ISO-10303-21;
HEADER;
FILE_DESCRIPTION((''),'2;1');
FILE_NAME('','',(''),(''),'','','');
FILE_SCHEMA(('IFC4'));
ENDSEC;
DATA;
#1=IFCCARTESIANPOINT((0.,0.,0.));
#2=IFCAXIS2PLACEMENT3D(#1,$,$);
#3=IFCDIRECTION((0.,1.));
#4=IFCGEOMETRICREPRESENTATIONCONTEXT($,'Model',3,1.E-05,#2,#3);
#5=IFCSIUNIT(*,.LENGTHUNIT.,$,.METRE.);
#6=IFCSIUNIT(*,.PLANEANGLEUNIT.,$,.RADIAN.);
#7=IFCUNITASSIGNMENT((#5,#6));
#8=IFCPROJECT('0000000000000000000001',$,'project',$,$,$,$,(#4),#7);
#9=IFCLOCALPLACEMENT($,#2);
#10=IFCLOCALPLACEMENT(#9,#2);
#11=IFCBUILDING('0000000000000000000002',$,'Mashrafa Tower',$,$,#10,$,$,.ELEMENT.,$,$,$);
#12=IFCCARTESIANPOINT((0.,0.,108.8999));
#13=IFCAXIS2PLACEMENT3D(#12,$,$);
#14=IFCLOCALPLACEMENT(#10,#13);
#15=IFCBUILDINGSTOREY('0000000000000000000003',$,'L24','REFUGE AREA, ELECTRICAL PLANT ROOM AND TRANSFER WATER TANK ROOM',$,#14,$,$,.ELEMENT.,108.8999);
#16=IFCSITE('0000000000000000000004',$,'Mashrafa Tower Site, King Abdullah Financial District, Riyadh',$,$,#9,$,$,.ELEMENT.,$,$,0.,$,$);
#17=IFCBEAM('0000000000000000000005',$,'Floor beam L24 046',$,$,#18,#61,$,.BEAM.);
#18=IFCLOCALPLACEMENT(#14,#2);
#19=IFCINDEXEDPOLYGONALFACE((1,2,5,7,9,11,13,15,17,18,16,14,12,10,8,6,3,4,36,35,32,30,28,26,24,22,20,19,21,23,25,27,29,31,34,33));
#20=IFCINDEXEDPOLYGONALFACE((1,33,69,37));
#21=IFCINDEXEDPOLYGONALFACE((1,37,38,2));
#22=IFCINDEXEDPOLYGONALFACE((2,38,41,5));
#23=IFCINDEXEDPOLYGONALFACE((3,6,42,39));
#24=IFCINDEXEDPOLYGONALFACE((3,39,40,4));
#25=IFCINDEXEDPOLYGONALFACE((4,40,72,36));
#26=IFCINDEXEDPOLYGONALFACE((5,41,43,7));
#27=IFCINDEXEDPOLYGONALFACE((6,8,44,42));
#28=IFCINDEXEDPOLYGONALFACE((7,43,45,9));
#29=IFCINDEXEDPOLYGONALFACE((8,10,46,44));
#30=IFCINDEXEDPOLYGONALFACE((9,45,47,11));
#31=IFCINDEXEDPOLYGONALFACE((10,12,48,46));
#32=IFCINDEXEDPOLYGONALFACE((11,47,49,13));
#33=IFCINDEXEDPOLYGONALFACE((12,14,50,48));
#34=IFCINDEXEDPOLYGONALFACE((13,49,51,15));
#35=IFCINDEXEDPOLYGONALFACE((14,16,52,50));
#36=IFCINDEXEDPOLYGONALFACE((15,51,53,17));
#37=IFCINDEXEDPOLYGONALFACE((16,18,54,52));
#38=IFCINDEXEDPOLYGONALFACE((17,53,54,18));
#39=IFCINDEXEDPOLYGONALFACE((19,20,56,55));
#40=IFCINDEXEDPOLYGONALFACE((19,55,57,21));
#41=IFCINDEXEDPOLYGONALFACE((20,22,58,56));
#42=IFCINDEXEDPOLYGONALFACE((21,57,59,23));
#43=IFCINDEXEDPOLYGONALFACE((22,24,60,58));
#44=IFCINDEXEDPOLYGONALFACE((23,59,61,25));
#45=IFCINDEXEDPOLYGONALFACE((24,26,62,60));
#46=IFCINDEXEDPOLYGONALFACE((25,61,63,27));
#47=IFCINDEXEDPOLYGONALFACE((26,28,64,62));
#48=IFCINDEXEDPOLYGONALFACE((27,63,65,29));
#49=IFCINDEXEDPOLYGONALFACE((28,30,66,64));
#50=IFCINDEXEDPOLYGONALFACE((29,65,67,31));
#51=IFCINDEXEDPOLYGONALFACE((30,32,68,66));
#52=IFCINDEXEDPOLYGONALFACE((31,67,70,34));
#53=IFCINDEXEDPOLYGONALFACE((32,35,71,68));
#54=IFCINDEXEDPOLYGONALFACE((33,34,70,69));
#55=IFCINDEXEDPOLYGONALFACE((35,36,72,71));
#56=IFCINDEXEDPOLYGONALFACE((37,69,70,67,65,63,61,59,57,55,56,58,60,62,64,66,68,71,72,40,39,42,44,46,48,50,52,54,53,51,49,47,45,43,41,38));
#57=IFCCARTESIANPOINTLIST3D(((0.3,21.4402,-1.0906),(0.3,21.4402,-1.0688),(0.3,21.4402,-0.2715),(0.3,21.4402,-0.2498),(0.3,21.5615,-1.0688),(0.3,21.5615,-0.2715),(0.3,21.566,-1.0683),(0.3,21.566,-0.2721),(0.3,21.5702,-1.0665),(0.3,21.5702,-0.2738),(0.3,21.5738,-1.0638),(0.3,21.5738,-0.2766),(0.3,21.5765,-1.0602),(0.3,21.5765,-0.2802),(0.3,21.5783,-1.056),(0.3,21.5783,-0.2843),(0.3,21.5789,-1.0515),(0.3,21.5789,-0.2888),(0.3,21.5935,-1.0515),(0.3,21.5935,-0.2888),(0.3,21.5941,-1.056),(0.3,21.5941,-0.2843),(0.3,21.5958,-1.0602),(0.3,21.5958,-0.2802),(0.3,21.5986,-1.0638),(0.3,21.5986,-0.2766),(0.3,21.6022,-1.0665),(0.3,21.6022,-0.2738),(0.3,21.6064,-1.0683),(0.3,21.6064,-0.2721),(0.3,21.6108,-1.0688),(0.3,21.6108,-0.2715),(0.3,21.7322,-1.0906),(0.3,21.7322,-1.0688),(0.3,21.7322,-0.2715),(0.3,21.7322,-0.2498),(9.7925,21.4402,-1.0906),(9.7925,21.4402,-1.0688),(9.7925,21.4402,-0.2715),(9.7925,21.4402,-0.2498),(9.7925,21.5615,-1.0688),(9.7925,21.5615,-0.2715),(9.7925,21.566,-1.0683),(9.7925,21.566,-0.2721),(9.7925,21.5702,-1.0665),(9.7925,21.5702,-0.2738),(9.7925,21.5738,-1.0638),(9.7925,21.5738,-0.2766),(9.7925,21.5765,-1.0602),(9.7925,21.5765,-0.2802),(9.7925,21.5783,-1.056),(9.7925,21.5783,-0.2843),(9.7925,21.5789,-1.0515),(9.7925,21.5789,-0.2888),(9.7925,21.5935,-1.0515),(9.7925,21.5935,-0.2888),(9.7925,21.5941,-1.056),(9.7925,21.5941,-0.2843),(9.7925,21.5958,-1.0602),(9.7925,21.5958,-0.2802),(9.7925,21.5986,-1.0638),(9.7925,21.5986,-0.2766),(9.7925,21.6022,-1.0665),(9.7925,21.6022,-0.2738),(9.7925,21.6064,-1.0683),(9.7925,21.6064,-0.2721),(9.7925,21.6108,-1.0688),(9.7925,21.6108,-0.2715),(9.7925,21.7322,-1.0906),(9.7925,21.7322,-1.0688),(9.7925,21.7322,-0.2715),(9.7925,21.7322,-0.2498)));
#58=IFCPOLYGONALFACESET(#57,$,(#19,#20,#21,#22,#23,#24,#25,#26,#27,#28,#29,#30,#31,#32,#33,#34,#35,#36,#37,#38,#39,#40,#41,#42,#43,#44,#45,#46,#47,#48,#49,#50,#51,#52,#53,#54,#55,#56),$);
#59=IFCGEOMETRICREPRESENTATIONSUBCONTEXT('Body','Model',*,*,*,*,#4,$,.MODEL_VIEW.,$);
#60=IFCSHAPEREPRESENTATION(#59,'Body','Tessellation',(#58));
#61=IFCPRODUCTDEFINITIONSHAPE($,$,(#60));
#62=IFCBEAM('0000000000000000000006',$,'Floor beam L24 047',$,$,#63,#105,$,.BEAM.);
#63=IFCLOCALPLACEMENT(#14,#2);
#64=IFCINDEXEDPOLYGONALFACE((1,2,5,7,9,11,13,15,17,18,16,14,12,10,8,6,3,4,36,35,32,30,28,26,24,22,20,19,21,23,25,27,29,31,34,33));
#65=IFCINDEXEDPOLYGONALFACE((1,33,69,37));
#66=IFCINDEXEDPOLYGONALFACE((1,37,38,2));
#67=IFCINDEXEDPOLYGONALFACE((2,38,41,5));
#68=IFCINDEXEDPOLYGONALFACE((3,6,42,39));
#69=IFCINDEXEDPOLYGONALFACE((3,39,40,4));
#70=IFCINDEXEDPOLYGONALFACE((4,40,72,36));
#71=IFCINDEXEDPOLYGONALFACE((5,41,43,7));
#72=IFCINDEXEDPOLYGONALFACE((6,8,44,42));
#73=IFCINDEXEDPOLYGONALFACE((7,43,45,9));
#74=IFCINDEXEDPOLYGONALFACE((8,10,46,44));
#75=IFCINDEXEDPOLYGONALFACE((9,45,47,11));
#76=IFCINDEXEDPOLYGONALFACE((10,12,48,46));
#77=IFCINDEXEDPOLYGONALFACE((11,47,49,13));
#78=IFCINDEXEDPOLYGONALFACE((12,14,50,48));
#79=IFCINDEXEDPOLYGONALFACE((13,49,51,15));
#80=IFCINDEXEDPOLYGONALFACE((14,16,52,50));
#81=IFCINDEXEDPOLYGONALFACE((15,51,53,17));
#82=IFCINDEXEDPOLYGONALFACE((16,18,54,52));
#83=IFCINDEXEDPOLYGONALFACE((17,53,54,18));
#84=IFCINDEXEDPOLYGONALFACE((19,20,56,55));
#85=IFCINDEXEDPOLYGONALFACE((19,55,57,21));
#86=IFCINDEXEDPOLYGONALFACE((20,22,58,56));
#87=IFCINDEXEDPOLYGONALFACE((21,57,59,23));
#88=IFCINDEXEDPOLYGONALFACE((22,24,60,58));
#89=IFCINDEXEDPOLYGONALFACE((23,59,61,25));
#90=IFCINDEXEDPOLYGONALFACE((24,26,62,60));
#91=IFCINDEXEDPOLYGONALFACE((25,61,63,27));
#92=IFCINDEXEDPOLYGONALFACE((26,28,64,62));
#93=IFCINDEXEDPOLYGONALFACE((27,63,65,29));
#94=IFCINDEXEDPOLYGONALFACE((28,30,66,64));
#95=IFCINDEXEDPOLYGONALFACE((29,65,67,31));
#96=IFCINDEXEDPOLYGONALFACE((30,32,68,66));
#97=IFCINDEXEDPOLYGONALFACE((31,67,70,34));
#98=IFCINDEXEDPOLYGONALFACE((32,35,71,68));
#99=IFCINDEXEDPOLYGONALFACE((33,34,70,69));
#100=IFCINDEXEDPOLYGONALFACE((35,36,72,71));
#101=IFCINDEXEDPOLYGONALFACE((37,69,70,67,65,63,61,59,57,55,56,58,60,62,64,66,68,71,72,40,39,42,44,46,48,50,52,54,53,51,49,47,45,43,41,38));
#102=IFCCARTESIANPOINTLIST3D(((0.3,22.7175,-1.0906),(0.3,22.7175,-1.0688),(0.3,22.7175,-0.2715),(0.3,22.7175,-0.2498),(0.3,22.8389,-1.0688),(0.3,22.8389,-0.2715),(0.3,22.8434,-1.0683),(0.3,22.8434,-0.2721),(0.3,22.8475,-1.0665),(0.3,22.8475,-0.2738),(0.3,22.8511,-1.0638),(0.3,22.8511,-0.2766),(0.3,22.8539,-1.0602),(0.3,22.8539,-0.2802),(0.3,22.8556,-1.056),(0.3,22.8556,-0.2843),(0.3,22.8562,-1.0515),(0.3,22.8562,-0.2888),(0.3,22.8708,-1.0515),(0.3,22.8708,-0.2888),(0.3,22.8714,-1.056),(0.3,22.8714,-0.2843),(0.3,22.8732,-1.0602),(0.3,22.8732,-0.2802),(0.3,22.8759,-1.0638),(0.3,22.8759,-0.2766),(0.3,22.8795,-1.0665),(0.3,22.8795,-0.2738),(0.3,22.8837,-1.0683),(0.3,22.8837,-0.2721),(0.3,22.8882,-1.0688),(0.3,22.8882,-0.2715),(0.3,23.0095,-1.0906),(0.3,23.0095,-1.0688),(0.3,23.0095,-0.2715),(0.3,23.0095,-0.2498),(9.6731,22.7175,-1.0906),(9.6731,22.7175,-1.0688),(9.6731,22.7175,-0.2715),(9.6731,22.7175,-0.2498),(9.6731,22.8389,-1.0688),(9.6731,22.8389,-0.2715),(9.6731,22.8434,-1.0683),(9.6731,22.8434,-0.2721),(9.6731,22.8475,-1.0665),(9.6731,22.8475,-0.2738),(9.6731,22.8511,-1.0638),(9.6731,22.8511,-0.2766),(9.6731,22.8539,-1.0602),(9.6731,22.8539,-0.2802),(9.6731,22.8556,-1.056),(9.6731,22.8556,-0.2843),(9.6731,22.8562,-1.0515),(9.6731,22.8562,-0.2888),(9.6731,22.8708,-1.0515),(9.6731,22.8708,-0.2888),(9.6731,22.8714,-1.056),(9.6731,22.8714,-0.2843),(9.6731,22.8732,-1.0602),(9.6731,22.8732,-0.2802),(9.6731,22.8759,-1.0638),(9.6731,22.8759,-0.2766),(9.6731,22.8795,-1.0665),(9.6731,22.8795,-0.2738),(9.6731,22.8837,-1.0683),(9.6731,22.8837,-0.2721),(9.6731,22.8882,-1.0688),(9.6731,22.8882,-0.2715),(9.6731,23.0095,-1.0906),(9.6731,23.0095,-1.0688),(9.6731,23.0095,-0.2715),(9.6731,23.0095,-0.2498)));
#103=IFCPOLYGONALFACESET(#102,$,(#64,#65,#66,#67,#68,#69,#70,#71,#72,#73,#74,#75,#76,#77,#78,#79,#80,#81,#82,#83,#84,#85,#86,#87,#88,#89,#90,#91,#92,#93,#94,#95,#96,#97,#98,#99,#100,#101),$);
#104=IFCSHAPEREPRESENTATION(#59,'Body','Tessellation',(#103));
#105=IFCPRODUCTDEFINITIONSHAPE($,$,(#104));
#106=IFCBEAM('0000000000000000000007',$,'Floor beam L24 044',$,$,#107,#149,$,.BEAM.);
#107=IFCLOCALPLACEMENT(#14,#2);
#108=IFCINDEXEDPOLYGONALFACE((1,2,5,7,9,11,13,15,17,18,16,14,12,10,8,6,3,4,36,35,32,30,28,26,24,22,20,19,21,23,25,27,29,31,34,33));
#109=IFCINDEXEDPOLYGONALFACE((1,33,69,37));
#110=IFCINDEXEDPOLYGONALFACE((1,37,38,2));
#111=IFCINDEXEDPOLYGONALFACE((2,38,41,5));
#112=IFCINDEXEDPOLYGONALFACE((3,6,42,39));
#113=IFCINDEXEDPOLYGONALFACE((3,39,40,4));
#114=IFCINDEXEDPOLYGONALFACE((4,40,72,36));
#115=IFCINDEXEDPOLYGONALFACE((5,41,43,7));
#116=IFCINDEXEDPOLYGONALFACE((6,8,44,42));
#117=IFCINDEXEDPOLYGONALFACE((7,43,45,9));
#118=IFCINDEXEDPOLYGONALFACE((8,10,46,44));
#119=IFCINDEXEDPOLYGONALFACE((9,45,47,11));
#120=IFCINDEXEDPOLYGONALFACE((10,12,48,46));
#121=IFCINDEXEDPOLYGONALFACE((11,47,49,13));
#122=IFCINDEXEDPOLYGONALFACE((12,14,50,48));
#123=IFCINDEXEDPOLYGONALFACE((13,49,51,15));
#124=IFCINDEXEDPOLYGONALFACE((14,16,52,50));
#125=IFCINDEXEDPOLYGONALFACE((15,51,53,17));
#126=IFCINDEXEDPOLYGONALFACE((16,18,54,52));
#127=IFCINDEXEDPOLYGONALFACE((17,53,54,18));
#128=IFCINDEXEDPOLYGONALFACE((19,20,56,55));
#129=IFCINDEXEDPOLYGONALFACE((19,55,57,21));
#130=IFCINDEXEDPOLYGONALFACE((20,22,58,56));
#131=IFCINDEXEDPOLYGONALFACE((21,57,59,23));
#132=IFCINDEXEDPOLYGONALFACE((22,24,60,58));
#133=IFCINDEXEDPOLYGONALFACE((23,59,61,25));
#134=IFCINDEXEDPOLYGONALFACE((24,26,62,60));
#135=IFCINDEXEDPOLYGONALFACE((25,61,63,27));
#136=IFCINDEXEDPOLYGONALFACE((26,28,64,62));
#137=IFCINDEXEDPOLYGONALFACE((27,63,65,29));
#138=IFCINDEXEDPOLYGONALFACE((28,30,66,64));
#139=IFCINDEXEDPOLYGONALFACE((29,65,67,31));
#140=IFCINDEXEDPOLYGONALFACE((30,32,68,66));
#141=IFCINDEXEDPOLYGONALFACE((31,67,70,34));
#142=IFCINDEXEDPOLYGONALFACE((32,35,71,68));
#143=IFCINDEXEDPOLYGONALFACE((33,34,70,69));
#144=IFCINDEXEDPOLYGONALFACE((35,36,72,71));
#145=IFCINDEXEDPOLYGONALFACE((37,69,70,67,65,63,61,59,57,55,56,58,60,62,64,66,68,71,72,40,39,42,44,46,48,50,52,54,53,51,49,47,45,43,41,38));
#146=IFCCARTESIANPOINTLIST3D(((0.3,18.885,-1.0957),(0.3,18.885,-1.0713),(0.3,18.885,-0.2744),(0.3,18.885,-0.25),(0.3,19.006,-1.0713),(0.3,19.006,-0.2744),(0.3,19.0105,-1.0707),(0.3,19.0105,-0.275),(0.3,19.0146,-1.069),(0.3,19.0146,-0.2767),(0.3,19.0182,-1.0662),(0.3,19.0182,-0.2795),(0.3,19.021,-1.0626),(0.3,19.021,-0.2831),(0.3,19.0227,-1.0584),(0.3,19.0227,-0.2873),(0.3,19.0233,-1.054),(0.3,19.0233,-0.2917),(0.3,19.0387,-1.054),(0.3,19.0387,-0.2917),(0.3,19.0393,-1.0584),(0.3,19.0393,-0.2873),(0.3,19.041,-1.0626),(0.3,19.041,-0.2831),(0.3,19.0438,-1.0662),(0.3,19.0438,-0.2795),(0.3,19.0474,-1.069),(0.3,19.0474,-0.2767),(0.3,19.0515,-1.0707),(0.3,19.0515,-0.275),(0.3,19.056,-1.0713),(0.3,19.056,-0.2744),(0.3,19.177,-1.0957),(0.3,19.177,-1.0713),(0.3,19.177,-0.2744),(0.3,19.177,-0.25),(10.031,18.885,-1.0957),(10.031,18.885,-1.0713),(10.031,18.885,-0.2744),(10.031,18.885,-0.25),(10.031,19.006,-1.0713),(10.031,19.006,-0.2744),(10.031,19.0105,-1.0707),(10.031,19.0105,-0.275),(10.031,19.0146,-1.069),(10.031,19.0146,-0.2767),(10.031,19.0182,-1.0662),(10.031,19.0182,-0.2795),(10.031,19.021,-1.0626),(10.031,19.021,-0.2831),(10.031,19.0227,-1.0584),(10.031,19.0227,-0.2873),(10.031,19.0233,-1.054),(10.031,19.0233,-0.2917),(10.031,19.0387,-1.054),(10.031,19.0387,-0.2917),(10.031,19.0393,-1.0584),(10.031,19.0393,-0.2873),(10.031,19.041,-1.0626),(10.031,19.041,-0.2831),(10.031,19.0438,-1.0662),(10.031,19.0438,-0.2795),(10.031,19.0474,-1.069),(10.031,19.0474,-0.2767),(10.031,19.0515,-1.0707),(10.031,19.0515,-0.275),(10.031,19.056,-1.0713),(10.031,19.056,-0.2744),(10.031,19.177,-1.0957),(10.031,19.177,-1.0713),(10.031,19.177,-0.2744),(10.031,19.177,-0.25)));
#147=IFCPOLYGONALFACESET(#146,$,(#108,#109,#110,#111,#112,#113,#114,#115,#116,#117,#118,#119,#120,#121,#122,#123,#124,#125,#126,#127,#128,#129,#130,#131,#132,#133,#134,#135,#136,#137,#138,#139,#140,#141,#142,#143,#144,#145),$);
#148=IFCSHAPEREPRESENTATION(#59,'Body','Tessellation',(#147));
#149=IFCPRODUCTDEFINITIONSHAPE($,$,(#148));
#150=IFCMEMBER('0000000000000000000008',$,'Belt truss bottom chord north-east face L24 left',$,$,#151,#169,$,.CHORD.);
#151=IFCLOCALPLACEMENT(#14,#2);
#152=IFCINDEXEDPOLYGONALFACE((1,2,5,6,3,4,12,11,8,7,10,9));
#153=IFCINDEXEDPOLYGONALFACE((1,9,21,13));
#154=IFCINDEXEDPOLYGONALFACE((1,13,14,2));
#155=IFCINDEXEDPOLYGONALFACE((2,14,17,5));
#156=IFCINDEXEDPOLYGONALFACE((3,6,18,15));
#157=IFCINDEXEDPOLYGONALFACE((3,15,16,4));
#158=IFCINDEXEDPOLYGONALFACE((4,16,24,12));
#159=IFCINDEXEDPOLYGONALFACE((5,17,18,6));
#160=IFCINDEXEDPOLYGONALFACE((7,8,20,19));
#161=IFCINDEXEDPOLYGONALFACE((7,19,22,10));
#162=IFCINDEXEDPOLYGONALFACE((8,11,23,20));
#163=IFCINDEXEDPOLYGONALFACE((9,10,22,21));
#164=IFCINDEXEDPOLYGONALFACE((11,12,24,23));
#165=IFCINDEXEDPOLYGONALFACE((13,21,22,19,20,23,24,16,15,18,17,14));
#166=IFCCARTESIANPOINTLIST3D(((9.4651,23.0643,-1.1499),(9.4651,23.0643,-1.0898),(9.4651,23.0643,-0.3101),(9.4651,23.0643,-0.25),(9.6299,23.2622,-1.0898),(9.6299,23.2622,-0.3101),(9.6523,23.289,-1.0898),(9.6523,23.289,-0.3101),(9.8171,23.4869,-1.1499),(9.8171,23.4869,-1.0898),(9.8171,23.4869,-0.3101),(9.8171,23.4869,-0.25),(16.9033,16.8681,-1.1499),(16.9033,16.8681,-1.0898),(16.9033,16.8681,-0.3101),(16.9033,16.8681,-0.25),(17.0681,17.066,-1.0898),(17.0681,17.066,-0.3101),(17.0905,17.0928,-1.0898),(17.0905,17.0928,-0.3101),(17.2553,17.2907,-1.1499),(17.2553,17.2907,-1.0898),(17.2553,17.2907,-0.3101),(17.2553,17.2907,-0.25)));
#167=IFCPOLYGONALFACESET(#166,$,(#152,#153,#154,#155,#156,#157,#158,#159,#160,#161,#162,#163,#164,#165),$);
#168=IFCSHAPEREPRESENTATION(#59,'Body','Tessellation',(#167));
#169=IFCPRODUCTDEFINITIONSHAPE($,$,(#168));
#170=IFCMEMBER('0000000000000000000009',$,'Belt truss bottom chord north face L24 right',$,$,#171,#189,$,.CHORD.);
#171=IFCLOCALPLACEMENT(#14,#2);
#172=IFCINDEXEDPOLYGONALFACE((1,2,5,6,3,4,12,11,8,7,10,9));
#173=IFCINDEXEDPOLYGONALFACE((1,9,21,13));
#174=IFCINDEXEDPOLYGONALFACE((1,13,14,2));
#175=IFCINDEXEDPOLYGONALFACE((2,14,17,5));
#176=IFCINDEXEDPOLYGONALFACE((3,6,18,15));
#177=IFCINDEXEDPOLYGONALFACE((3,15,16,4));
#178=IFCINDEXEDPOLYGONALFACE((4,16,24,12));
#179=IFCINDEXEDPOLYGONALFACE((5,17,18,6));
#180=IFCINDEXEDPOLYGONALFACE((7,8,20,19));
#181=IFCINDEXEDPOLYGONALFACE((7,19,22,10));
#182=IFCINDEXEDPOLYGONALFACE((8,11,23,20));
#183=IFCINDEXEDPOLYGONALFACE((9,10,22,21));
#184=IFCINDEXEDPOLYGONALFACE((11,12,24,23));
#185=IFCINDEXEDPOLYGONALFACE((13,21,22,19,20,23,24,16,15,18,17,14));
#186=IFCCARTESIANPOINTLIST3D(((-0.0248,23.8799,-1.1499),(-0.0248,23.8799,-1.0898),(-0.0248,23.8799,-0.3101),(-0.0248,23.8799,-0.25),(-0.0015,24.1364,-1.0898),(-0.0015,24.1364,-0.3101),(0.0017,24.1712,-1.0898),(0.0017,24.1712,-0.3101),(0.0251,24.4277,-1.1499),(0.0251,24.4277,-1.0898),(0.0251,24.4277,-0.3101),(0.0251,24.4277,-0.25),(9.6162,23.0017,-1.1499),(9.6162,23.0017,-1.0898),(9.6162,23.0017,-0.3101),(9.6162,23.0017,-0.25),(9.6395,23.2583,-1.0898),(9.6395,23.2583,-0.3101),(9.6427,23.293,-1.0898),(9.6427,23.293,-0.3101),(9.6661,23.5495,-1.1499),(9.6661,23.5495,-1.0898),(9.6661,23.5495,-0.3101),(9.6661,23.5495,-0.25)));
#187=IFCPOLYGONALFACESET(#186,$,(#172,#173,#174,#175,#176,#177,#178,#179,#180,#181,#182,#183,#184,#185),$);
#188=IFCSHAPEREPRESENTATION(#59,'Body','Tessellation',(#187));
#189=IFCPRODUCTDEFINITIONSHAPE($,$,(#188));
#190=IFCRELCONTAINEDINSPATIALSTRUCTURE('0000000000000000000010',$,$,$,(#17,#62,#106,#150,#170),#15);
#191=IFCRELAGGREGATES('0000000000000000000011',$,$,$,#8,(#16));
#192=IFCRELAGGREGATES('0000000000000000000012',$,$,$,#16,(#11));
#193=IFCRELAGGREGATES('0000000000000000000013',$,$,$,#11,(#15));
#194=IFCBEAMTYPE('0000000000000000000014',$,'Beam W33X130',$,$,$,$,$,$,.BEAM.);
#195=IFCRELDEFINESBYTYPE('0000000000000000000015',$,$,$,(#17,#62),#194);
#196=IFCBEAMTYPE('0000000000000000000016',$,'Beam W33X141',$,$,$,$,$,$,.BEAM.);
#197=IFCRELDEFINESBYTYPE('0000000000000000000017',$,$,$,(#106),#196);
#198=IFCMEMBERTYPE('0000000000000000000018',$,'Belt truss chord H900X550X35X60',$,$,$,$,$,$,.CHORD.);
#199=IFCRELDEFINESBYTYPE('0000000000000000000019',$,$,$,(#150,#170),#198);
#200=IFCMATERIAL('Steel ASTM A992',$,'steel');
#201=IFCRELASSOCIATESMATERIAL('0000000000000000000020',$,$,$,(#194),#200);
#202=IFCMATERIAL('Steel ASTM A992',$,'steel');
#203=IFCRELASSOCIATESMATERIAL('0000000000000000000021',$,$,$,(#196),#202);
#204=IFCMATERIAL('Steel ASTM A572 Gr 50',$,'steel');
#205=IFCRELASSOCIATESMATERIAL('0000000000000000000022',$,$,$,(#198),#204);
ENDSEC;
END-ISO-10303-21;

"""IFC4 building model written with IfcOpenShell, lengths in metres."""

from ifc_helpers import new_model, si_unit, direction, frame, origin, origin_2d, place, context, subcontext, project, spatial, i_section, extrude, source, transform, mapped, material, material_profile, profile_set, type_object, element, save


model = new_model("IFC4")

# Units and contexts
model_context = context("Model", 3, precision=1e-05, world=origin(), true_north=direction((0.0, 1.0)))
body_context = subcontext(model_context, "Body", "Model", "MODEL_VIEW")
ifc_project = project(units=[si_unit("LENGTHUNIT", "METRE"), si_unit("PLANEANGLEUNIT", "RADIAN")], contexts=[model_context])

# Site, building, storey
site_placement = place(None, origin())
site = spatial("IfcSite", under=ifc_project, at=site_placement, Name="Mashrafa Tower Site, King Abdullah Financial District, Riyadh", CompositionType="ELEMENT", RefElevation=0.0)
building_placement = place(site_placement, origin())
building = spatial("IfcBuilding", under=site, at=building_placement, Name="Mashrafa Tower", CompositionType="ELEMENT")
storey_placement = place(building_placement, frame((0.0, 0.0, 108.8999)))
storey = spatial("IfcBuildingStorey", under=building, at=storey_placement, Name="L24", Description="REFUGE AREA, ELECTRICAL PLANT ROOM AND TRANSFER WATER TANK ROOM", CompositionType="ELEMENT", Elevation=108.8999)

# Beams
ifc_material_1 = material(Name="Steel ASTM A992", Category="steel")
ifc_material_profile_1 = material_profile(ifc_material_1, i_section(OverallWidth=0.292, OverallDepth=0.8408, WebThickness=0.0146, FlangeThickness=0.0217, FilletRadius=0.0173, at=origin_2d()), Name="W33X130")
ifc_profile_set_1 = profile_set([ifc_material_profile_1], Name="Steel ASTM A992")
beam_type_1 = type_object("IfcBeamType", Name="Beam W33X130", PredefinedType="BEAM", material=ifc_profile_set_1)
beam_1_placement = place(storey_placement, frame((0.3, 21.5862, -0.6702), z_axis=(1.0, 0.0, 0.0), x_axis=(0.0, 1.0, 0.0)))
element("IfcBeam", 1, at=beam_1_placement, inside=storey, type_object=beam_type_1, Name="Floor beam L24 046", PredefinedType="BEAM", context=body_context, shape_type="SweptSolid", body=[
    extrude(i_section(OverallWidth=0.292, OverallDepth=0.8408, WebThickness=0.0146, FlangeThickness=0.0217, FilletRadius=0.0173, at=origin_2d()), origin(), (0.0, 0.0, 1.0), 9.4924),
])
beam_2_placement = place(storey_placement, frame((0.3, 22.8635, -0.6702), z_axis=(1.0, 0.0, 0.0), x_axis=(0.0, 1.0, 0.0)))
element("IfcBeam", 2, at=beam_2_placement, inside=storey, type_object=beam_type_1, Name="Floor beam L24 047", PredefinedType="BEAM", context=body_context, shape_type="SweptSolid", body=[
    extrude(i_section(OverallWidth=0.292, OverallDepth=0.8408, WebThickness=0.0146, FlangeThickness=0.0217, FilletRadius=0.0173, at=origin_2d()), origin(), (0.0, 0.0, 1.0), 9.373),
])
ifc_material_2 = material(Name="Steel ASTM A992", Category="steel")
ifc_material_profile_2 = material_profile(ifc_material_2, i_section(OverallWidth=0.292, OverallDepth=0.8457, WebThickness=0.0154, FlangeThickness=0.0244, FilletRadius=0.0173, at=origin_2d()), Name="W33X141")
ifc_profile_set_2 = profile_set([ifc_material_profile_2], Name="Steel ASTM A992")
beam_type_2 = type_object("IfcBeamType", Name="Beam W33X141", PredefinedType="BEAM", material=ifc_profile_set_2)
beam_3_placement = place(storey_placement, frame((0.3, 19.031, -0.6729), z_axis=(1.0, 0.0, 0.0), x_axis=(0.0, 1.0, 0.0)))
element("IfcBeam", 3, at=beam_3_placement, inside=storey, type_object=beam_type_2, Name="Floor beam L24 044", PredefinedType="BEAM", context=body_context, shape_type="SweptSolid", body=[
    extrude(i_section(OverallWidth=0.292, OverallDepth=0.8457, WebThickness=0.0154, FlangeThickness=0.0244, FilletRadius=0.0173, at=origin_2d()), origin(), (0.0, 0.0, 1.0), 9.731),
])

# Members
ifc_material_3 = material(Name="Steel ASTM A572 Gr 50", Category="steel")
ifc_material_profile_3 = material_profile(ifc_material_3, i_section(OverallWidth=0.55, OverallDepth=0.8999, WebThickness=0.0349, FlangeThickness=0.0601, at=origin_2d()), Name="H900X550X35X60")
ifc_profile_set_3 = profile_set([ifc_material_profile_3], Name="Steel ASTM A572 Gr 50")
member_type_1 = type_object("IfcMemberType", Name="Belt truss chord H900X550X35X60", PredefinedType="CHORD", material=ifc_profile_set_3)
shared_shape_1 = source(origin(), body_context, "Body", "SweptSolid", [
    extrude(i_section(OverallWidth=0.55, OverallDepth=0.8999, WebThickness=0.0349, FlangeThickness=0.0601, at=origin_2d()), origin(), (0.0, 0.0, 1.0), 9.6809),
])
for number, where, z_axis, x_axis, name in (
    (4, (9.6411, 23.2756, -0.7), (0.768335, -0.640048, 0.0), (0.640048, 0.768335, 0.0), "Belt truss bottom chord north-east face L24 left"),
    (5, (9.6411, 23.2756, -0.7), (-0.995877, 0.090711, 0.0), (-0.090711, -0.995877, 0.0), "Belt truss bottom chord north face L24 right"),
):
    element("IfcMember", number, at=place(storey_placement, frame(where, z_axis=z_axis, x_axis=x_axis)), inside=storey, type_object=member_type_1, Name=name, PredefinedType="CHORD", context=body_context, shape_type="MappedRepresentation", body=[
        mapped(shared_shape_1, transform((0.0, 0.0, 0.0))),
    ])

save(model, "model.ifc")
